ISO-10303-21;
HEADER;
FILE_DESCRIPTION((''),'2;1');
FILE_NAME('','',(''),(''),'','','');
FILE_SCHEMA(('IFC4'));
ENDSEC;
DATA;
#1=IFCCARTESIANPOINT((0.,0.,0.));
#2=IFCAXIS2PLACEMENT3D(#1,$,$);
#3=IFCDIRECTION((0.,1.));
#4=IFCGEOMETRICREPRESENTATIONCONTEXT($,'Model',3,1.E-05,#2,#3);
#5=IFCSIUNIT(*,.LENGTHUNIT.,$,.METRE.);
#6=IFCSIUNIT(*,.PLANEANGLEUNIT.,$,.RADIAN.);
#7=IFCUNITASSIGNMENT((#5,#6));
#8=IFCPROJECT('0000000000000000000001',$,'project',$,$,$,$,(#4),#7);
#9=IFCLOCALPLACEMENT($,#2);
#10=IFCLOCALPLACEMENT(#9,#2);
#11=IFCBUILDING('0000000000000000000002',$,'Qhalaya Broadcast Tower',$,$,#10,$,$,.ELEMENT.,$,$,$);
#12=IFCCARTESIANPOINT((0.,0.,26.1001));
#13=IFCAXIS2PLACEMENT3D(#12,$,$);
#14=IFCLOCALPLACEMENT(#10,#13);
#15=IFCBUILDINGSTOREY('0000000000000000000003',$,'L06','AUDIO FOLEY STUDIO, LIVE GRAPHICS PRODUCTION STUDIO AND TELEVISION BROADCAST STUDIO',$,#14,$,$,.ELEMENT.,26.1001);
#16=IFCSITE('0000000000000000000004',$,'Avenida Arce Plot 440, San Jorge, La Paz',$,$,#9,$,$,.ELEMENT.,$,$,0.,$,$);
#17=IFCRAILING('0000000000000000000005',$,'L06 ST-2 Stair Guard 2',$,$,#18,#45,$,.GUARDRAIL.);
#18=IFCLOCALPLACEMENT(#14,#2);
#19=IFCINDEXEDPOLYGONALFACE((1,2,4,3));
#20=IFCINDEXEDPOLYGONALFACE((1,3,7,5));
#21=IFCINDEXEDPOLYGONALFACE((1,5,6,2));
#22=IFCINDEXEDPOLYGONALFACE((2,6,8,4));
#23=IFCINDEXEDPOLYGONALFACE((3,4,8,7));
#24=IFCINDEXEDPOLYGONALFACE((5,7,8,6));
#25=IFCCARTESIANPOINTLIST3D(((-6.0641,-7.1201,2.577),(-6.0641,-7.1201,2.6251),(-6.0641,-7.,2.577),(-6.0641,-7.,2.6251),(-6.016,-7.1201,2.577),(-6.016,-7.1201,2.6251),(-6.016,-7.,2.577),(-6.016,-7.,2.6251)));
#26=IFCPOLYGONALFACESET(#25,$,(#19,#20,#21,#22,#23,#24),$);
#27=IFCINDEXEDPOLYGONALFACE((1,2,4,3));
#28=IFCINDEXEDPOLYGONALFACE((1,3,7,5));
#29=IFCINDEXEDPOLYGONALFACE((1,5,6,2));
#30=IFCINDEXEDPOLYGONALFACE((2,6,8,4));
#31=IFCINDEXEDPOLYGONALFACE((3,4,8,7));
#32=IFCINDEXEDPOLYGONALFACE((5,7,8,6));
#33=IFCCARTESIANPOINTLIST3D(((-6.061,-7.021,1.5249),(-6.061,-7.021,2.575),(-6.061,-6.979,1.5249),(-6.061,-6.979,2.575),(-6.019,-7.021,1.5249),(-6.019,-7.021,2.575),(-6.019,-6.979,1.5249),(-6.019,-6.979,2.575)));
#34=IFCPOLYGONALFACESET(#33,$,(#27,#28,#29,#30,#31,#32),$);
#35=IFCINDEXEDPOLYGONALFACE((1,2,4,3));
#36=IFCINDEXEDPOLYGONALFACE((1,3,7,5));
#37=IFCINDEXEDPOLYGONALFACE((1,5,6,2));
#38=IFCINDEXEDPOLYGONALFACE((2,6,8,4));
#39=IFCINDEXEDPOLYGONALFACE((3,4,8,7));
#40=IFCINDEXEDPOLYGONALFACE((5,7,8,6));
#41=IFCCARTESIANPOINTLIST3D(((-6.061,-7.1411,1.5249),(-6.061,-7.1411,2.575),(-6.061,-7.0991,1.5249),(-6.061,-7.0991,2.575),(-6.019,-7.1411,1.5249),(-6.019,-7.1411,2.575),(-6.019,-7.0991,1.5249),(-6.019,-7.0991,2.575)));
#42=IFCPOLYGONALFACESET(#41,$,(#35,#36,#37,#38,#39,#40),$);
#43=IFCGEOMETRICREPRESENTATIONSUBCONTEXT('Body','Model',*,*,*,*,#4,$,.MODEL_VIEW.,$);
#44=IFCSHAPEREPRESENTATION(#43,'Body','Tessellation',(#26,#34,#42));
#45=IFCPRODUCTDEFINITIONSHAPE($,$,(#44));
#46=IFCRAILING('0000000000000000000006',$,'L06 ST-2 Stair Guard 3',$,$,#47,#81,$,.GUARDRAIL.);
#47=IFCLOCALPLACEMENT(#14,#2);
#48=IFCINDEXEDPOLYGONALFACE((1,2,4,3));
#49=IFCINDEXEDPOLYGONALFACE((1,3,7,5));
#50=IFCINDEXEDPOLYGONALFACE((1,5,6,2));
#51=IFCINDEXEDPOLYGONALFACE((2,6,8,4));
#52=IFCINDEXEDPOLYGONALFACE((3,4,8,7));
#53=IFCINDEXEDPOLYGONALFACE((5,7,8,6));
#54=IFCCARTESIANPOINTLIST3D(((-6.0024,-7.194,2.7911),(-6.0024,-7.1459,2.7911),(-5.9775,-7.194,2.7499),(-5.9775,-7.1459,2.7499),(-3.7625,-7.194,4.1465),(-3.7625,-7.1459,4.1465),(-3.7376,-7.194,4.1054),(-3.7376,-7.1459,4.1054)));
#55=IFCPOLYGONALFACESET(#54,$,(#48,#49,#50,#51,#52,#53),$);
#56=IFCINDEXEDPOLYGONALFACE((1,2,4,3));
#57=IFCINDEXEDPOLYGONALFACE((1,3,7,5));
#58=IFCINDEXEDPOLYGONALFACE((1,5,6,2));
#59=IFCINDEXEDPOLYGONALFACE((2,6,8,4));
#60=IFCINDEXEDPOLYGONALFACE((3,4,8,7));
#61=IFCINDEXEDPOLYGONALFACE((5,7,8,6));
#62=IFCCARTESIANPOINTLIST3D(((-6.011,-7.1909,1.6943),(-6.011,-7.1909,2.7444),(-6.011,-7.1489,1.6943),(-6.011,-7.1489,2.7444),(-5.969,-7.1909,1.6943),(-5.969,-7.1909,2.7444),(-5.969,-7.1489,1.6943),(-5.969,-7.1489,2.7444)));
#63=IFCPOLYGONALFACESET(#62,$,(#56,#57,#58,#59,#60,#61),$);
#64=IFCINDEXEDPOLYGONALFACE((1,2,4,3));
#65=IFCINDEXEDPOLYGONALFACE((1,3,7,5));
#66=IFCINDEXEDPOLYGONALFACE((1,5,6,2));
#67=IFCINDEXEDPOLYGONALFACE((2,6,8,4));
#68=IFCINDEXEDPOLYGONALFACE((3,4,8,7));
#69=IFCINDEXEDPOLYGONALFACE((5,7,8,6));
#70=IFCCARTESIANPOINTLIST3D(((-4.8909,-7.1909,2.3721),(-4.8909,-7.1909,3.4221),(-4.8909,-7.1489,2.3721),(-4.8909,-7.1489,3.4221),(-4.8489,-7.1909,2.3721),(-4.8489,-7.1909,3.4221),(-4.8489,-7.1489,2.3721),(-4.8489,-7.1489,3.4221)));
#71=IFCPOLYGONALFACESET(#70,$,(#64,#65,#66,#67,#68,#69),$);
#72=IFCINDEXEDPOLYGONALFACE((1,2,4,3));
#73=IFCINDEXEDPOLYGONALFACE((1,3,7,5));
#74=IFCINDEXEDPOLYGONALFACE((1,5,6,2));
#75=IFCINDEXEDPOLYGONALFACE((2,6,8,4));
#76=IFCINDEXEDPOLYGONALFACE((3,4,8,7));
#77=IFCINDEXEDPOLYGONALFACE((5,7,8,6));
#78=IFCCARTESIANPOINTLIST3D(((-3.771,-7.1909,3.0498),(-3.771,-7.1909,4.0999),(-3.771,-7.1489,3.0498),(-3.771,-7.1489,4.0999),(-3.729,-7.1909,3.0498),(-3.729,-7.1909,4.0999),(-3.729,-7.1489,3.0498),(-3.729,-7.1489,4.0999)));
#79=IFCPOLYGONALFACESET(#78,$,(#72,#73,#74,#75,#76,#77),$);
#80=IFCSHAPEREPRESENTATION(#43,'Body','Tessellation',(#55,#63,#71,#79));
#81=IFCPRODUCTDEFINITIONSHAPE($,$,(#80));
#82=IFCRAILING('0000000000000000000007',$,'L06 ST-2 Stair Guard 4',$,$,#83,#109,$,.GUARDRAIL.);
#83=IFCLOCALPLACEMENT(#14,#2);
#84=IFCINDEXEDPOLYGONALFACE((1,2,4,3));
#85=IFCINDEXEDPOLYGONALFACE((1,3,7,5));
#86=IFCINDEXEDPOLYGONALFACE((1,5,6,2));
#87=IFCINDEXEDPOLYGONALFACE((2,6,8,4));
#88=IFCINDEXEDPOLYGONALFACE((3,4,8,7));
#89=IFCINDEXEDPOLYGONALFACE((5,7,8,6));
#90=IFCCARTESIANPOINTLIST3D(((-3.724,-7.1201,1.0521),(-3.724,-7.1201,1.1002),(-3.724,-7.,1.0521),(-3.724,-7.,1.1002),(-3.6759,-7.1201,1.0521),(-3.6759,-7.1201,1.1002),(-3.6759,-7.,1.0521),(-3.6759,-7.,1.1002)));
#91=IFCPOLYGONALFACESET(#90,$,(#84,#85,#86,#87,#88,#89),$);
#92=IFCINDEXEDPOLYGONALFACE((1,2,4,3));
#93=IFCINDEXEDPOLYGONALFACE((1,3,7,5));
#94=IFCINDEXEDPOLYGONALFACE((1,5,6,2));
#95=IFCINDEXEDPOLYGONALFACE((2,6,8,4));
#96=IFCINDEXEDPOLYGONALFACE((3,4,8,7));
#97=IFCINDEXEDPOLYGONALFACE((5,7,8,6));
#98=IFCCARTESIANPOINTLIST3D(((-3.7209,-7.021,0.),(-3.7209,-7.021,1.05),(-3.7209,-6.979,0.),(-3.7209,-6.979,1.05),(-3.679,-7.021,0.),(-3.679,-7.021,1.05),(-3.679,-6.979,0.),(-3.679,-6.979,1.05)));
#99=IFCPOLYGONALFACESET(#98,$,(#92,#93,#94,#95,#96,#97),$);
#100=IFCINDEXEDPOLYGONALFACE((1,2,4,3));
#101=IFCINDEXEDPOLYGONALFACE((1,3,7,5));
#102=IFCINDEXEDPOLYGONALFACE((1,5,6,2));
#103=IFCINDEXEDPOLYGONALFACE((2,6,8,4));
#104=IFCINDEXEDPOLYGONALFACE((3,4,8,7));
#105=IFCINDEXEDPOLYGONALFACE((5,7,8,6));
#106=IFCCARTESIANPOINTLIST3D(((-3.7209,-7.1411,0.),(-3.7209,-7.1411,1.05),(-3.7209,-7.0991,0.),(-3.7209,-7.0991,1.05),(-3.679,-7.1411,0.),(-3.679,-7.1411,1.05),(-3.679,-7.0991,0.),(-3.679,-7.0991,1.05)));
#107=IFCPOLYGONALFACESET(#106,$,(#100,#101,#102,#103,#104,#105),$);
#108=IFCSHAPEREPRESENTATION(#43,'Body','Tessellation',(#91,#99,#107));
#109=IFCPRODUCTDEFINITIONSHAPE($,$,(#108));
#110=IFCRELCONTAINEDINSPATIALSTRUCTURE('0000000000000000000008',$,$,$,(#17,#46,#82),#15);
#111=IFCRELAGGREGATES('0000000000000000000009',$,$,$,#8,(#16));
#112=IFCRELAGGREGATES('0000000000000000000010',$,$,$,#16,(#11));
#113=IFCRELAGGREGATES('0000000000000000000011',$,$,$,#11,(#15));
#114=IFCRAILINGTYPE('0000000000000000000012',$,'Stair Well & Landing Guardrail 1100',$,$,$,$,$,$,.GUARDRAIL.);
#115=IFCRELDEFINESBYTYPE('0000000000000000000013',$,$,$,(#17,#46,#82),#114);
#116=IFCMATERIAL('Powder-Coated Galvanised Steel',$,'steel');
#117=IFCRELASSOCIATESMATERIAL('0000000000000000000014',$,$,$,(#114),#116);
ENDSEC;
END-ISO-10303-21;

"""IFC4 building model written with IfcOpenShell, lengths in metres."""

from ifc_helpers import new_model, si_unit, direction, frame, origin, origin_2d, place, context, subcontext, project, spatial, rectangle, extrude, material, type_object, element, save


model = new_model("IFC4")

# Units and contexts
model_context = context("Model", 3, precision=1e-05, world=origin(), true_north=direction((0.0, 1.0)))
body_context = subcontext(model_context, "Body", "Model", "MODEL_VIEW")
ifc_project = project(units=[si_unit("LENGTHUNIT", "METRE"), si_unit("PLANEANGLEUNIT", "RADIAN")], contexts=[model_context])

# Site, building, storey
site_placement = place(None, origin())
site = spatial("IfcSite", under=ifc_project, at=site_placement, Name="Avenida Arce Plot 440, San Jorge, La Paz", CompositionType="ELEMENT", RefElevation=0.0)
building_placement = place(site_placement, origin())
building = spatial("IfcBuilding", under=site, at=building_placement, Name="Qhalaya Broadcast Tower", CompositionType="ELEMENT")
storey_placement = place(building_placement, frame((0.0, 0.0, 26.1001)))
storey = spatial("IfcBuildingStorey", under=building, at=storey_placement, Name="L06", Description="AUDIO FOLEY STUDIO, LIVE GRAPHICS PRODUCTION STUDIO AND TELEVISION BROADCAST STUDIO", CompositionType="ELEMENT", Elevation=26.1001)

# Railings
ifc_material_1 = material(Name="Powder-Coated Galvanised Steel", Category="steel")
railing_type_1 = type_object("IfcRailingType", Name="Stair Well & Landing Guardrail 1100", PredefinedType="GUARDRAIL", material=ifc_material_1)
railing_1_placement = place(storey_placement, frame((-6.04, -7.0, 1.5249)))
element("IfcRailing", 1, at=railing_1_placement, inside=storey, type_object=railing_type_1, Name="L06 ST-2 Stair Guard 2", PredefinedType="GUARDRAIL", context=body_context, shape_type="SweptSolid", body=[
    extrude(rectangle(XDim=0.0481, YDim=0.0481, at=origin_2d()), frame((0.0, 0.0, 1.0762), z_axis=(0.0, -1.0, 0.0), x_axis=(1.0, 0.0, 0.0)), (0.0, 0.0, 1.0), 0.1201),
    extrude(rectangle(XDim=0.042, YDim=0.042, at=origin_2d()), origin(), (0.0, 0.0, 1.0), 1.05),
    extrude(rectangle(XDim=0.042, YDim=0.042, at=origin_2d()), frame((0.0, -0.1201, 0.0)), (0.0, 0.0, 1.0), 1.05),
])
railing_2_placement = place(storey_placement, frame((-5.99, -7.1699, 1.6943)))
element("IfcRailing", 2, at=railing_2_placement, inside=storey, type_object=railing_type_1, Name="L06 ST-2 Stair Guard 3", PredefinedType="GUARDRAIL", context=body_context, shape_type="SweptSolid", body=[
    extrude(rectangle(XDim=0.0481, YDim=0.0481, at=origin_2d()), frame((0.0, 0.0, 1.0762), z_axis=(0.855553, 0.0, 0.517715), x_axis=(0.0, 1.0, 0.0)), (0.0, 0.0, 1.0), 2.6182),
    extrude(rectangle(XDim=0.042, YDim=0.042, at=origin_2d()), origin(), (0.0, 0.0, 1.0), 1.05),
    extrude(rectangle(XDim=0.042, YDim=0.042, at=origin_2d()), frame((1.1201, 0.0, 0.6777)), (0.0, 0.0, 1.0), 1.05),
    extrude(rectangle(XDim=0.042, YDim=0.042, at=origin_2d()), frame((2.24, 0.0, 1.3555)), (0.0, 0.0, 1.0), 1.05),
])
railing_3_placement = place(storey_placement, frame((-3.7, -7.0, 0.0)))
element("IfcRailing", 3, at=railing_3_placement, inside=storey, type_object=railing_type_1, Name="L06 ST-2 Stair Guard 4", PredefinedType="GUARDRAIL", context=body_context, shape_type="SweptSolid", body=[
    extrude(rectangle(XDim=0.0481, YDim=0.0481, at=origin_2d()), frame((0.0, 0.0, 1.0762), z_axis=(0.0, -1.0, 0.0), x_axis=(1.0, 0.0, 0.0)), (0.0, 0.0, 1.0), 0.1201),
    extrude(rectangle(XDim=0.042, YDim=0.042, at=origin_2d()), origin(), (0.0, 0.0, 1.0), 1.05),
    extrude(rectangle(XDim=0.042, YDim=0.042, at=origin_2d()), frame((0.0, -0.1201, 0.0)), (0.0, 0.0, 1.0), 1.05),
])

save(model, "model.ifc")
